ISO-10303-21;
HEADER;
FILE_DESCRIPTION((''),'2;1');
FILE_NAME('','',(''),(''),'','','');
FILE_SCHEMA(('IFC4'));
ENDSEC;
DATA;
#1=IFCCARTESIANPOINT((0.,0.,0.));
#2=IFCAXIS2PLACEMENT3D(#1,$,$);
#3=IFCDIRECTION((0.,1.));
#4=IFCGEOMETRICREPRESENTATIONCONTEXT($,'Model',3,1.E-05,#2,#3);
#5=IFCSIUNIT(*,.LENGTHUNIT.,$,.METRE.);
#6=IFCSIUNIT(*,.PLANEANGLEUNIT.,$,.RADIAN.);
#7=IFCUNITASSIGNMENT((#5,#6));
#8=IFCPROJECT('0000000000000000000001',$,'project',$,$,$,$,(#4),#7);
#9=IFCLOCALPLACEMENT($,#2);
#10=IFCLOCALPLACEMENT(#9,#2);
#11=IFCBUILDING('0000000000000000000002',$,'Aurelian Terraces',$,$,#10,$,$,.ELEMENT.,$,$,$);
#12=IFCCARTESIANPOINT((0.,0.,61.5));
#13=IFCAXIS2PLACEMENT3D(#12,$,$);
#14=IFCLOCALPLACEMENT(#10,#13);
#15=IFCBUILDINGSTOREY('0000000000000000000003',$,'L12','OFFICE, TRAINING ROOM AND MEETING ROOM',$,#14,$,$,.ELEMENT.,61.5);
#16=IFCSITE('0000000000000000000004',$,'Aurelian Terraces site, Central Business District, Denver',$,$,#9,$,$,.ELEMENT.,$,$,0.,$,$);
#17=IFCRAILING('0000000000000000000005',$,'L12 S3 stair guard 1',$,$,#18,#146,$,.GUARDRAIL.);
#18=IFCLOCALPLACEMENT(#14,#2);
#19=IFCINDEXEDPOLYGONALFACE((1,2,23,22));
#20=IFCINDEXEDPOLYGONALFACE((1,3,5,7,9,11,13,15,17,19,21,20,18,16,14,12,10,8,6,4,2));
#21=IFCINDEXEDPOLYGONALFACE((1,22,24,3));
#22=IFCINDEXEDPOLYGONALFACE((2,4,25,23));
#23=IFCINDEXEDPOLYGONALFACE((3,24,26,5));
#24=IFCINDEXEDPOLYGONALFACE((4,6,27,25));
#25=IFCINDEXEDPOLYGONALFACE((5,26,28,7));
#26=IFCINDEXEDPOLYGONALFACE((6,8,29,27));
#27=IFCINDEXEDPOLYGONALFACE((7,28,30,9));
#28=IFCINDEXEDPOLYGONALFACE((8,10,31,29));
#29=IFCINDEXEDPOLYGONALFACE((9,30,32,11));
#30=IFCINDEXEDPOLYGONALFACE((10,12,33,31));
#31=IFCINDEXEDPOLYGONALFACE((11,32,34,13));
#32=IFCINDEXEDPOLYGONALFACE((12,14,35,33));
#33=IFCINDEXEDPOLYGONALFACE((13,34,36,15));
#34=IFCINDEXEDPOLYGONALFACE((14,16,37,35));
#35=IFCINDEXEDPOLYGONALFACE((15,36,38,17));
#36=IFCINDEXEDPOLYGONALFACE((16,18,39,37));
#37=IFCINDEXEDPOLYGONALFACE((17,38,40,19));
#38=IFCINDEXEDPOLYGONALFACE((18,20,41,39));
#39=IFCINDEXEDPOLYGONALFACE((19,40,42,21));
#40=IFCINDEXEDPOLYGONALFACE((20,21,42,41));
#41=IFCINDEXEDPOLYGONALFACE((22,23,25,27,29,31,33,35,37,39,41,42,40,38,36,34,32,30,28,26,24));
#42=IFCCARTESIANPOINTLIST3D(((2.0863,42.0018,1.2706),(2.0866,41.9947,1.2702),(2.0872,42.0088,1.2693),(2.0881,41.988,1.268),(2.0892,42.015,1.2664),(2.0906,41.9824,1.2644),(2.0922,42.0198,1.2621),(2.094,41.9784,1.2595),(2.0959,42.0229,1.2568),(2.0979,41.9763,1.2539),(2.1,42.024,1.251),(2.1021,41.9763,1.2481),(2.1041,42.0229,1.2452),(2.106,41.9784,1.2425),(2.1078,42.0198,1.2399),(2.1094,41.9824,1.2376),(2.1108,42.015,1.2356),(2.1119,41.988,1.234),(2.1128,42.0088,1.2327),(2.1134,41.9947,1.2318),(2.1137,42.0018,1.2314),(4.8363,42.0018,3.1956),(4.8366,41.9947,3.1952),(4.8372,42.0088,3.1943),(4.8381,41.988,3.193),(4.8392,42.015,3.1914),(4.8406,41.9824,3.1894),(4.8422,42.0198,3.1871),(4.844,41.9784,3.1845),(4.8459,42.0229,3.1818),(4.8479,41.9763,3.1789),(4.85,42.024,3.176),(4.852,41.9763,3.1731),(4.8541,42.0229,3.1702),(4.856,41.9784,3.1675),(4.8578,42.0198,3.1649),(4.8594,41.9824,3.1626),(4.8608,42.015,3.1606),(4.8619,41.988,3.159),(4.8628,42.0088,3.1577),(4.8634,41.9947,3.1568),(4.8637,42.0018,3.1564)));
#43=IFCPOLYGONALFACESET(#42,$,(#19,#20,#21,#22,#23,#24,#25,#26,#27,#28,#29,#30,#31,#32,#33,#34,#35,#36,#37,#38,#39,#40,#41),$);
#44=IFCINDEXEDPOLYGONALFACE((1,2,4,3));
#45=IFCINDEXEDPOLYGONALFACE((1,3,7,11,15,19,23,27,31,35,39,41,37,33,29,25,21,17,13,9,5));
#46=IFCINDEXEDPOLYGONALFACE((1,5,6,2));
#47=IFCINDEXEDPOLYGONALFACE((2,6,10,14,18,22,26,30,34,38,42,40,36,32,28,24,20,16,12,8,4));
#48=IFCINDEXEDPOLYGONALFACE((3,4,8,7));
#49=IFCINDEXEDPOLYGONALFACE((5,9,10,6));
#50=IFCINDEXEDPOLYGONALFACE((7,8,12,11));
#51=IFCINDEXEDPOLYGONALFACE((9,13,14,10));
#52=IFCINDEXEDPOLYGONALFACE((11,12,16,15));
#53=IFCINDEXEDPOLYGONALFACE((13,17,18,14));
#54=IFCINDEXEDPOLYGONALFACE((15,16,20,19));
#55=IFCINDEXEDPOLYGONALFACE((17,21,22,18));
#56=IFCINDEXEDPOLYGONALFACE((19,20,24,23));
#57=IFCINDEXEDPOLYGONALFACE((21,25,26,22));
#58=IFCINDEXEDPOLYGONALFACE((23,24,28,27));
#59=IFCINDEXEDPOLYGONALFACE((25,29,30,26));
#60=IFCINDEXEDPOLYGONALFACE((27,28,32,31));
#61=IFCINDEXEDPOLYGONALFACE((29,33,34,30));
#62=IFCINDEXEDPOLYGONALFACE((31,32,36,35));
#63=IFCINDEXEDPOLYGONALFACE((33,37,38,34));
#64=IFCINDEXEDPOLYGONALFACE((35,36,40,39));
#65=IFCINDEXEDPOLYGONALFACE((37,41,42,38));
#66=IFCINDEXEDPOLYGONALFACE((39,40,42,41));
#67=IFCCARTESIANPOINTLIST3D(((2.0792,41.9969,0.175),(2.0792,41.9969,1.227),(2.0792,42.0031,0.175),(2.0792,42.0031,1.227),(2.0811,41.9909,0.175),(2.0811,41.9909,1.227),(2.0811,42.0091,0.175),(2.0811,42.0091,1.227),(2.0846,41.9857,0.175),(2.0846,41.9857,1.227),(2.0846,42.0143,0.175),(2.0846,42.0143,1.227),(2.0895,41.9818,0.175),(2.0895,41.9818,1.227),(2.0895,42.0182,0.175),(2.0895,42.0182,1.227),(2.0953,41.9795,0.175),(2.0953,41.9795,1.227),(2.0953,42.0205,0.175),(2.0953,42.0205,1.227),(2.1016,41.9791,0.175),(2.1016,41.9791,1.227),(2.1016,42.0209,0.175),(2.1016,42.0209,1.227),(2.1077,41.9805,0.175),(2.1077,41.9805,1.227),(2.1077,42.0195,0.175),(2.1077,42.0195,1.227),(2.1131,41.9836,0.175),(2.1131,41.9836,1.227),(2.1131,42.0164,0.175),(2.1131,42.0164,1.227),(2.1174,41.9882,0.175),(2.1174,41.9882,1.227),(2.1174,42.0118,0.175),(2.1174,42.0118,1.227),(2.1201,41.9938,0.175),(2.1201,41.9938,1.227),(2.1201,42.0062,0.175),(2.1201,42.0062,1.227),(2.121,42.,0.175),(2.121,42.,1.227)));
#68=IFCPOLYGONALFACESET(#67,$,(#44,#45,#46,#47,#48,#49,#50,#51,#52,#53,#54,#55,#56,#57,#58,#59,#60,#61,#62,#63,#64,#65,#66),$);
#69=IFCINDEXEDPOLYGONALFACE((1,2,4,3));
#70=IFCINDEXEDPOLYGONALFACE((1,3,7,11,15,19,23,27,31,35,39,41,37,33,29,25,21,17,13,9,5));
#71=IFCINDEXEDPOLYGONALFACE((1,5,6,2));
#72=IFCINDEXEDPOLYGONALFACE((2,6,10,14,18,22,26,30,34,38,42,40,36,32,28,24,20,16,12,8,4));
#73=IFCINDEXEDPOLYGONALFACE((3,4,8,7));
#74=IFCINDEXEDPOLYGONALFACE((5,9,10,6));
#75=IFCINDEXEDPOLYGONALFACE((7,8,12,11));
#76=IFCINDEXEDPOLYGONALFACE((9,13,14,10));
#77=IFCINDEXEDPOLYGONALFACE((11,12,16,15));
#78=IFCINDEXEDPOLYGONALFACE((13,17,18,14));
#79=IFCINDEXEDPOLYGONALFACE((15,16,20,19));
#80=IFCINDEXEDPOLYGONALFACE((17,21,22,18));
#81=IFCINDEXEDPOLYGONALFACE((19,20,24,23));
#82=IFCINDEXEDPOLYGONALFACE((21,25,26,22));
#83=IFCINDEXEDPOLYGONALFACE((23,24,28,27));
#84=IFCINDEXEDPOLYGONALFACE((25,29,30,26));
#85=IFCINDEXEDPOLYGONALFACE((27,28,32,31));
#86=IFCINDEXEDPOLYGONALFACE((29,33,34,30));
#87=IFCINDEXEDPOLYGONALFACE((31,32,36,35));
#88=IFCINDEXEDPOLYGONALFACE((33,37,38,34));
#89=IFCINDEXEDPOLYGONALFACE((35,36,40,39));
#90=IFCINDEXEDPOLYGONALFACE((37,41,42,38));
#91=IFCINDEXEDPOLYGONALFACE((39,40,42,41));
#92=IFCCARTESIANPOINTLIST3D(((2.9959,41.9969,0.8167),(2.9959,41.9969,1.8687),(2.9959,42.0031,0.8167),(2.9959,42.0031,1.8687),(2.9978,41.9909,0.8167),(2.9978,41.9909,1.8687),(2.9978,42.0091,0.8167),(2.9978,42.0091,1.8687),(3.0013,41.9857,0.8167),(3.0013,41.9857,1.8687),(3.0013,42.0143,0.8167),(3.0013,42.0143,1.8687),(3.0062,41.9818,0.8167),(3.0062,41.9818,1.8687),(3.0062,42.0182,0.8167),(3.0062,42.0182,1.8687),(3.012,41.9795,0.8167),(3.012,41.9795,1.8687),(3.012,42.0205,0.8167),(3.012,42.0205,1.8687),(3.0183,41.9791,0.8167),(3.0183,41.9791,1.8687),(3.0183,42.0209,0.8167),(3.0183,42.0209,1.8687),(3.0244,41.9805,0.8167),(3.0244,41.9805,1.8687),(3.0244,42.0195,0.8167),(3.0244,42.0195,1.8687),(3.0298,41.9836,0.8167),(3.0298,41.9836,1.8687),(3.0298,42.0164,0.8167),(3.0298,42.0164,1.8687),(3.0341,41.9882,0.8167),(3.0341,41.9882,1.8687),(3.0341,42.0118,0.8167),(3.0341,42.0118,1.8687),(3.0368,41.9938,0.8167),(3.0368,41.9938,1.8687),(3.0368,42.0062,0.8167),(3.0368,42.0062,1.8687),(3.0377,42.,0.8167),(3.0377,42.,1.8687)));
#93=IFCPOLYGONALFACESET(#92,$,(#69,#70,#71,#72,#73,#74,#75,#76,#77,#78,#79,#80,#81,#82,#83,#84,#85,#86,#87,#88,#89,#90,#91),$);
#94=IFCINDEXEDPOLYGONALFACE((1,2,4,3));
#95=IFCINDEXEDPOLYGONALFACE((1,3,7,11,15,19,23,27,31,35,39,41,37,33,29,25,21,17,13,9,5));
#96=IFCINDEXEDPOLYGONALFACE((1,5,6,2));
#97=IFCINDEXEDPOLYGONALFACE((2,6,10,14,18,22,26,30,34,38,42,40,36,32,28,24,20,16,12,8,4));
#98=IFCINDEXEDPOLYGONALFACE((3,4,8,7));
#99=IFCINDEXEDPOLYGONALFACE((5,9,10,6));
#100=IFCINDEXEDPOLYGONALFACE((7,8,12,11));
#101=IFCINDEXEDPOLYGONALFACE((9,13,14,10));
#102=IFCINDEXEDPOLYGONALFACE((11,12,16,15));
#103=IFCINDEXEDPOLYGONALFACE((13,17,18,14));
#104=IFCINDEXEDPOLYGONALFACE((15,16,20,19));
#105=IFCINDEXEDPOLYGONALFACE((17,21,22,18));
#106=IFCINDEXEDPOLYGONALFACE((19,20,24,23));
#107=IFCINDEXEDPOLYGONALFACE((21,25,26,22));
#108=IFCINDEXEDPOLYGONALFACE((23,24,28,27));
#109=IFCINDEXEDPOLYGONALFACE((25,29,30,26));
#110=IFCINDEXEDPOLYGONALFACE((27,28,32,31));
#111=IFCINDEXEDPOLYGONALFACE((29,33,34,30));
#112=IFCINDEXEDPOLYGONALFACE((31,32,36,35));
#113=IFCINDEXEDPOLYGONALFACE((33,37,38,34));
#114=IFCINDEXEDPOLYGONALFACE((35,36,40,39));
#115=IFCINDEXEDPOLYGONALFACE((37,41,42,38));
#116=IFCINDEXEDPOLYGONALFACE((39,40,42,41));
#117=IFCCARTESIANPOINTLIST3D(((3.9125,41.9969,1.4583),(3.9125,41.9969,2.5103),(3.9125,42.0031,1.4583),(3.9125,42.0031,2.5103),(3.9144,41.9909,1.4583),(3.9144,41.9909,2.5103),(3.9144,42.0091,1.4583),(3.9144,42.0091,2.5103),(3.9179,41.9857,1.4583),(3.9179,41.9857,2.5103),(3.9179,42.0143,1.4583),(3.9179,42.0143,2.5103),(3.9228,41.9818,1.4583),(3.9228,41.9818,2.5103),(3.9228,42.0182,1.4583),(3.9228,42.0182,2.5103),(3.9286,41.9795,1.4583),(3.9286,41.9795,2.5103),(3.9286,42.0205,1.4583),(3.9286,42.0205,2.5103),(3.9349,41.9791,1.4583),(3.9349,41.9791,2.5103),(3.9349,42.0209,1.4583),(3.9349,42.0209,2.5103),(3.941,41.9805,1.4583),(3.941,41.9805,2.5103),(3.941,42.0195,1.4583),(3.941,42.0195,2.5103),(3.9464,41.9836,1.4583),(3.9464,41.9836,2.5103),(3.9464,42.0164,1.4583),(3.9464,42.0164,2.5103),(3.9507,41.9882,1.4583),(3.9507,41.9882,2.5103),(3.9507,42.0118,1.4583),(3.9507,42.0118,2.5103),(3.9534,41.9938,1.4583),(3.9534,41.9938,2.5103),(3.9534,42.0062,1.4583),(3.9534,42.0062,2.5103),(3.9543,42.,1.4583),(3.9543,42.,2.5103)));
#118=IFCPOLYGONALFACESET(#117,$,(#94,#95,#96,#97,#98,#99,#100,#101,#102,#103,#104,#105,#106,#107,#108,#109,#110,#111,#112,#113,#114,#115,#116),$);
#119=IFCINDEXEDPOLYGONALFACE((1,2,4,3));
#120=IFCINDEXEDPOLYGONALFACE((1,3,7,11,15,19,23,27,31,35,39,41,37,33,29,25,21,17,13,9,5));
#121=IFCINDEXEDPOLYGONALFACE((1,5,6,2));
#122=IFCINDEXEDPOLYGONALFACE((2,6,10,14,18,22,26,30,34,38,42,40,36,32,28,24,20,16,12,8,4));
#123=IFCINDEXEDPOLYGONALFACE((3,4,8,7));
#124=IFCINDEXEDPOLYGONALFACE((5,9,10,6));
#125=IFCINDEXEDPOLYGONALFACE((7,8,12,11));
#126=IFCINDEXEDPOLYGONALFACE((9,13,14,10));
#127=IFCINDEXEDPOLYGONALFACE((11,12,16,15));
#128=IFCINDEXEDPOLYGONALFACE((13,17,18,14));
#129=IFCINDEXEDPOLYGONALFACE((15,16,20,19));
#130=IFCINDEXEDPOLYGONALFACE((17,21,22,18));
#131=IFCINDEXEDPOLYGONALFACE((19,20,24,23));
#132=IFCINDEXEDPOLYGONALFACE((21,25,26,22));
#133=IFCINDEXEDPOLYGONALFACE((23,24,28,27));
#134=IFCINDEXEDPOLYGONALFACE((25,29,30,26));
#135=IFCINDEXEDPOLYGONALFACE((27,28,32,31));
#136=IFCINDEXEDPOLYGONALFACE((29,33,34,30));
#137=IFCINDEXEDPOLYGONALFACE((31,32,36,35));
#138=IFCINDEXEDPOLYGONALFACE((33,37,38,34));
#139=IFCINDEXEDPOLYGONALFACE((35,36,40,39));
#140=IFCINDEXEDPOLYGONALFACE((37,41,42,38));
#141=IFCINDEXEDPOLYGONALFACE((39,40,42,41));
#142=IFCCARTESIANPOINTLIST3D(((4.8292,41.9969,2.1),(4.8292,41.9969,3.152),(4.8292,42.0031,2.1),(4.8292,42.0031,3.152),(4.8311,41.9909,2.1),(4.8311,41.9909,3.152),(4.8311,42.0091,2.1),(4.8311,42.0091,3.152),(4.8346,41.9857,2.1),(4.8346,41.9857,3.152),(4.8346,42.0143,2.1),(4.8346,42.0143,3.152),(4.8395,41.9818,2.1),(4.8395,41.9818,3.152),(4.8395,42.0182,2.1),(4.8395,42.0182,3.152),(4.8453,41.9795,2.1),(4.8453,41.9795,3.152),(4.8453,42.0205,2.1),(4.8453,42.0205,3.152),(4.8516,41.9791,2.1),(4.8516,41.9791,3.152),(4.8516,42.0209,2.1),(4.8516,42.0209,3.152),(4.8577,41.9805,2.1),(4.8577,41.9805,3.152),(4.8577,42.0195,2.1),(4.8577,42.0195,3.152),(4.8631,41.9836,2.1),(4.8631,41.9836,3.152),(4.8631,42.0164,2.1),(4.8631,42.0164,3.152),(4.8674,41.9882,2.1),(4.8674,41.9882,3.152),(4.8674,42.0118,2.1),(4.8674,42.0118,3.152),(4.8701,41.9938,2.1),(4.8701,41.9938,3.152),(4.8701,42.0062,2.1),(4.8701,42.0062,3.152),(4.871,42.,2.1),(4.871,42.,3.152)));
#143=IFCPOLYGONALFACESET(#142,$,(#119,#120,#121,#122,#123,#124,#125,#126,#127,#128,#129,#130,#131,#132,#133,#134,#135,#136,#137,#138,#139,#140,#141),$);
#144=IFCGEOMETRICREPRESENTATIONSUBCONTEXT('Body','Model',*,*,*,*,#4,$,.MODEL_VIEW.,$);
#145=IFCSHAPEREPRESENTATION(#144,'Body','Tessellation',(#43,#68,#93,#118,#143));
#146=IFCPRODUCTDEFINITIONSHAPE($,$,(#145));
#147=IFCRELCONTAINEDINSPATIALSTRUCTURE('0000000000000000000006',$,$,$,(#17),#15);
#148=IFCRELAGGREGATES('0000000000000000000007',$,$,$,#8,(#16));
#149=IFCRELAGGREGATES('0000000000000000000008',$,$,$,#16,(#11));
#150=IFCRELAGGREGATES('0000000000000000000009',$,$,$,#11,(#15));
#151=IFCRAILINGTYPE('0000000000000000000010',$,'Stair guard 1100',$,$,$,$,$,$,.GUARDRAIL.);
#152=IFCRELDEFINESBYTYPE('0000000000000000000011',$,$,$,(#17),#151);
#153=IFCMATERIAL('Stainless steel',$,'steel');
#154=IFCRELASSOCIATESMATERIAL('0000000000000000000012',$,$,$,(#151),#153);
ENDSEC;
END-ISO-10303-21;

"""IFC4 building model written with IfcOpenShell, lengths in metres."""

from ifc_helpers import new_model, si_unit, direction, frame, origin, origin_2d, place, context, subcontext, project, spatial, circle, extrude, source, transform, mapped, material, type_object, element, save


model = new_model("IFC4")

# Units and contexts
model_context = context("Model", 3, precision=1e-05, world=origin(), true_north=direction((0.0, 1.0)))
body_context = subcontext(model_context, "Body", "Model", "MODEL_VIEW")
ifc_project = project(units=[si_unit("LENGTHUNIT", "METRE"), si_unit("PLANEANGLEUNIT", "RADIAN")], contexts=[model_context])

# Site, building, storey
site_placement = place(None, origin())
site = spatial("IfcSite", under=ifc_project, at=site_placement, Name="Aurelian Terraces site, Central Business District, Denver", CompositionType="ELEMENT", RefElevation=0.0)
building_placement = place(site_placement, origin())
building = spatial("IfcBuilding", under=site, at=building_placement, Name="Aurelian Terraces", CompositionType="ELEMENT")
storey_placement = place(building_placement, frame((0.0, 0.0, 61.5)))
storey = spatial("IfcBuildingStorey", under=building, at=storey_placement, Name="L12", Description="OFFICE, TRAINING ROOM AND MEETING ROOM", CompositionType="ELEMENT", Elevation=61.5)

# Railing
ifc_material_1 = material(Name="Stainless steel", Category="steel")
railing_type_1 = type_object("IfcRailingType", Name="Stair guard 1100", PredefinedType="GUARDRAIL", material=ifc_material_1)
shared_shape_1 = source(origin(), body_context, "Body", "SweptSolid", [
    extrude(circle(Radius=0.024, at=origin_2d()), frame((0.0, 0.0, 1.076), z_axis=(0.819232, 0.0, 0.573462), x_axis=(0.0, 1.0, 0.0)), (0.0, 0.0, 1.0), 3.3568),
    extrude(circle(Radius=0.021, at=origin_2d()), origin(), (0.0, 0.0, 1.0), 1.052),
    extrude(circle(Radius=0.021, at=origin_2d()), frame((0.9167, 0.0, 0.6417)), (0.0, 0.0, 1.0), 1.052),
    extrude(circle(Radius=0.021, at=origin_2d()), frame((1.8333, 0.0, 1.2833)), (0.0, 0.0, 1.0), 1.052),
    extrude(circle(Radius=0.021, at=origin_2d()), frame((2.75, 0.0, 1.925)), (0.0, 0.0, 1.0), 1.052),
])
railing_1_placement = place(storey_placement, frame((2.1, 42.0, 0.175)))
element("IfcRailing", 1, at=railing_1_placement, inside=storey, type_object=railing_type_1, Name="L12 S3 stair guard 1", PredefinedType="GUARDRAIL", context=body_context, shape_type="MappedRepresentation", body=[
    mapped(shared_shape_1, transform((0.0, 0.0, 0.0), scale=1.0)),
])

save(model, "model.ifc")
